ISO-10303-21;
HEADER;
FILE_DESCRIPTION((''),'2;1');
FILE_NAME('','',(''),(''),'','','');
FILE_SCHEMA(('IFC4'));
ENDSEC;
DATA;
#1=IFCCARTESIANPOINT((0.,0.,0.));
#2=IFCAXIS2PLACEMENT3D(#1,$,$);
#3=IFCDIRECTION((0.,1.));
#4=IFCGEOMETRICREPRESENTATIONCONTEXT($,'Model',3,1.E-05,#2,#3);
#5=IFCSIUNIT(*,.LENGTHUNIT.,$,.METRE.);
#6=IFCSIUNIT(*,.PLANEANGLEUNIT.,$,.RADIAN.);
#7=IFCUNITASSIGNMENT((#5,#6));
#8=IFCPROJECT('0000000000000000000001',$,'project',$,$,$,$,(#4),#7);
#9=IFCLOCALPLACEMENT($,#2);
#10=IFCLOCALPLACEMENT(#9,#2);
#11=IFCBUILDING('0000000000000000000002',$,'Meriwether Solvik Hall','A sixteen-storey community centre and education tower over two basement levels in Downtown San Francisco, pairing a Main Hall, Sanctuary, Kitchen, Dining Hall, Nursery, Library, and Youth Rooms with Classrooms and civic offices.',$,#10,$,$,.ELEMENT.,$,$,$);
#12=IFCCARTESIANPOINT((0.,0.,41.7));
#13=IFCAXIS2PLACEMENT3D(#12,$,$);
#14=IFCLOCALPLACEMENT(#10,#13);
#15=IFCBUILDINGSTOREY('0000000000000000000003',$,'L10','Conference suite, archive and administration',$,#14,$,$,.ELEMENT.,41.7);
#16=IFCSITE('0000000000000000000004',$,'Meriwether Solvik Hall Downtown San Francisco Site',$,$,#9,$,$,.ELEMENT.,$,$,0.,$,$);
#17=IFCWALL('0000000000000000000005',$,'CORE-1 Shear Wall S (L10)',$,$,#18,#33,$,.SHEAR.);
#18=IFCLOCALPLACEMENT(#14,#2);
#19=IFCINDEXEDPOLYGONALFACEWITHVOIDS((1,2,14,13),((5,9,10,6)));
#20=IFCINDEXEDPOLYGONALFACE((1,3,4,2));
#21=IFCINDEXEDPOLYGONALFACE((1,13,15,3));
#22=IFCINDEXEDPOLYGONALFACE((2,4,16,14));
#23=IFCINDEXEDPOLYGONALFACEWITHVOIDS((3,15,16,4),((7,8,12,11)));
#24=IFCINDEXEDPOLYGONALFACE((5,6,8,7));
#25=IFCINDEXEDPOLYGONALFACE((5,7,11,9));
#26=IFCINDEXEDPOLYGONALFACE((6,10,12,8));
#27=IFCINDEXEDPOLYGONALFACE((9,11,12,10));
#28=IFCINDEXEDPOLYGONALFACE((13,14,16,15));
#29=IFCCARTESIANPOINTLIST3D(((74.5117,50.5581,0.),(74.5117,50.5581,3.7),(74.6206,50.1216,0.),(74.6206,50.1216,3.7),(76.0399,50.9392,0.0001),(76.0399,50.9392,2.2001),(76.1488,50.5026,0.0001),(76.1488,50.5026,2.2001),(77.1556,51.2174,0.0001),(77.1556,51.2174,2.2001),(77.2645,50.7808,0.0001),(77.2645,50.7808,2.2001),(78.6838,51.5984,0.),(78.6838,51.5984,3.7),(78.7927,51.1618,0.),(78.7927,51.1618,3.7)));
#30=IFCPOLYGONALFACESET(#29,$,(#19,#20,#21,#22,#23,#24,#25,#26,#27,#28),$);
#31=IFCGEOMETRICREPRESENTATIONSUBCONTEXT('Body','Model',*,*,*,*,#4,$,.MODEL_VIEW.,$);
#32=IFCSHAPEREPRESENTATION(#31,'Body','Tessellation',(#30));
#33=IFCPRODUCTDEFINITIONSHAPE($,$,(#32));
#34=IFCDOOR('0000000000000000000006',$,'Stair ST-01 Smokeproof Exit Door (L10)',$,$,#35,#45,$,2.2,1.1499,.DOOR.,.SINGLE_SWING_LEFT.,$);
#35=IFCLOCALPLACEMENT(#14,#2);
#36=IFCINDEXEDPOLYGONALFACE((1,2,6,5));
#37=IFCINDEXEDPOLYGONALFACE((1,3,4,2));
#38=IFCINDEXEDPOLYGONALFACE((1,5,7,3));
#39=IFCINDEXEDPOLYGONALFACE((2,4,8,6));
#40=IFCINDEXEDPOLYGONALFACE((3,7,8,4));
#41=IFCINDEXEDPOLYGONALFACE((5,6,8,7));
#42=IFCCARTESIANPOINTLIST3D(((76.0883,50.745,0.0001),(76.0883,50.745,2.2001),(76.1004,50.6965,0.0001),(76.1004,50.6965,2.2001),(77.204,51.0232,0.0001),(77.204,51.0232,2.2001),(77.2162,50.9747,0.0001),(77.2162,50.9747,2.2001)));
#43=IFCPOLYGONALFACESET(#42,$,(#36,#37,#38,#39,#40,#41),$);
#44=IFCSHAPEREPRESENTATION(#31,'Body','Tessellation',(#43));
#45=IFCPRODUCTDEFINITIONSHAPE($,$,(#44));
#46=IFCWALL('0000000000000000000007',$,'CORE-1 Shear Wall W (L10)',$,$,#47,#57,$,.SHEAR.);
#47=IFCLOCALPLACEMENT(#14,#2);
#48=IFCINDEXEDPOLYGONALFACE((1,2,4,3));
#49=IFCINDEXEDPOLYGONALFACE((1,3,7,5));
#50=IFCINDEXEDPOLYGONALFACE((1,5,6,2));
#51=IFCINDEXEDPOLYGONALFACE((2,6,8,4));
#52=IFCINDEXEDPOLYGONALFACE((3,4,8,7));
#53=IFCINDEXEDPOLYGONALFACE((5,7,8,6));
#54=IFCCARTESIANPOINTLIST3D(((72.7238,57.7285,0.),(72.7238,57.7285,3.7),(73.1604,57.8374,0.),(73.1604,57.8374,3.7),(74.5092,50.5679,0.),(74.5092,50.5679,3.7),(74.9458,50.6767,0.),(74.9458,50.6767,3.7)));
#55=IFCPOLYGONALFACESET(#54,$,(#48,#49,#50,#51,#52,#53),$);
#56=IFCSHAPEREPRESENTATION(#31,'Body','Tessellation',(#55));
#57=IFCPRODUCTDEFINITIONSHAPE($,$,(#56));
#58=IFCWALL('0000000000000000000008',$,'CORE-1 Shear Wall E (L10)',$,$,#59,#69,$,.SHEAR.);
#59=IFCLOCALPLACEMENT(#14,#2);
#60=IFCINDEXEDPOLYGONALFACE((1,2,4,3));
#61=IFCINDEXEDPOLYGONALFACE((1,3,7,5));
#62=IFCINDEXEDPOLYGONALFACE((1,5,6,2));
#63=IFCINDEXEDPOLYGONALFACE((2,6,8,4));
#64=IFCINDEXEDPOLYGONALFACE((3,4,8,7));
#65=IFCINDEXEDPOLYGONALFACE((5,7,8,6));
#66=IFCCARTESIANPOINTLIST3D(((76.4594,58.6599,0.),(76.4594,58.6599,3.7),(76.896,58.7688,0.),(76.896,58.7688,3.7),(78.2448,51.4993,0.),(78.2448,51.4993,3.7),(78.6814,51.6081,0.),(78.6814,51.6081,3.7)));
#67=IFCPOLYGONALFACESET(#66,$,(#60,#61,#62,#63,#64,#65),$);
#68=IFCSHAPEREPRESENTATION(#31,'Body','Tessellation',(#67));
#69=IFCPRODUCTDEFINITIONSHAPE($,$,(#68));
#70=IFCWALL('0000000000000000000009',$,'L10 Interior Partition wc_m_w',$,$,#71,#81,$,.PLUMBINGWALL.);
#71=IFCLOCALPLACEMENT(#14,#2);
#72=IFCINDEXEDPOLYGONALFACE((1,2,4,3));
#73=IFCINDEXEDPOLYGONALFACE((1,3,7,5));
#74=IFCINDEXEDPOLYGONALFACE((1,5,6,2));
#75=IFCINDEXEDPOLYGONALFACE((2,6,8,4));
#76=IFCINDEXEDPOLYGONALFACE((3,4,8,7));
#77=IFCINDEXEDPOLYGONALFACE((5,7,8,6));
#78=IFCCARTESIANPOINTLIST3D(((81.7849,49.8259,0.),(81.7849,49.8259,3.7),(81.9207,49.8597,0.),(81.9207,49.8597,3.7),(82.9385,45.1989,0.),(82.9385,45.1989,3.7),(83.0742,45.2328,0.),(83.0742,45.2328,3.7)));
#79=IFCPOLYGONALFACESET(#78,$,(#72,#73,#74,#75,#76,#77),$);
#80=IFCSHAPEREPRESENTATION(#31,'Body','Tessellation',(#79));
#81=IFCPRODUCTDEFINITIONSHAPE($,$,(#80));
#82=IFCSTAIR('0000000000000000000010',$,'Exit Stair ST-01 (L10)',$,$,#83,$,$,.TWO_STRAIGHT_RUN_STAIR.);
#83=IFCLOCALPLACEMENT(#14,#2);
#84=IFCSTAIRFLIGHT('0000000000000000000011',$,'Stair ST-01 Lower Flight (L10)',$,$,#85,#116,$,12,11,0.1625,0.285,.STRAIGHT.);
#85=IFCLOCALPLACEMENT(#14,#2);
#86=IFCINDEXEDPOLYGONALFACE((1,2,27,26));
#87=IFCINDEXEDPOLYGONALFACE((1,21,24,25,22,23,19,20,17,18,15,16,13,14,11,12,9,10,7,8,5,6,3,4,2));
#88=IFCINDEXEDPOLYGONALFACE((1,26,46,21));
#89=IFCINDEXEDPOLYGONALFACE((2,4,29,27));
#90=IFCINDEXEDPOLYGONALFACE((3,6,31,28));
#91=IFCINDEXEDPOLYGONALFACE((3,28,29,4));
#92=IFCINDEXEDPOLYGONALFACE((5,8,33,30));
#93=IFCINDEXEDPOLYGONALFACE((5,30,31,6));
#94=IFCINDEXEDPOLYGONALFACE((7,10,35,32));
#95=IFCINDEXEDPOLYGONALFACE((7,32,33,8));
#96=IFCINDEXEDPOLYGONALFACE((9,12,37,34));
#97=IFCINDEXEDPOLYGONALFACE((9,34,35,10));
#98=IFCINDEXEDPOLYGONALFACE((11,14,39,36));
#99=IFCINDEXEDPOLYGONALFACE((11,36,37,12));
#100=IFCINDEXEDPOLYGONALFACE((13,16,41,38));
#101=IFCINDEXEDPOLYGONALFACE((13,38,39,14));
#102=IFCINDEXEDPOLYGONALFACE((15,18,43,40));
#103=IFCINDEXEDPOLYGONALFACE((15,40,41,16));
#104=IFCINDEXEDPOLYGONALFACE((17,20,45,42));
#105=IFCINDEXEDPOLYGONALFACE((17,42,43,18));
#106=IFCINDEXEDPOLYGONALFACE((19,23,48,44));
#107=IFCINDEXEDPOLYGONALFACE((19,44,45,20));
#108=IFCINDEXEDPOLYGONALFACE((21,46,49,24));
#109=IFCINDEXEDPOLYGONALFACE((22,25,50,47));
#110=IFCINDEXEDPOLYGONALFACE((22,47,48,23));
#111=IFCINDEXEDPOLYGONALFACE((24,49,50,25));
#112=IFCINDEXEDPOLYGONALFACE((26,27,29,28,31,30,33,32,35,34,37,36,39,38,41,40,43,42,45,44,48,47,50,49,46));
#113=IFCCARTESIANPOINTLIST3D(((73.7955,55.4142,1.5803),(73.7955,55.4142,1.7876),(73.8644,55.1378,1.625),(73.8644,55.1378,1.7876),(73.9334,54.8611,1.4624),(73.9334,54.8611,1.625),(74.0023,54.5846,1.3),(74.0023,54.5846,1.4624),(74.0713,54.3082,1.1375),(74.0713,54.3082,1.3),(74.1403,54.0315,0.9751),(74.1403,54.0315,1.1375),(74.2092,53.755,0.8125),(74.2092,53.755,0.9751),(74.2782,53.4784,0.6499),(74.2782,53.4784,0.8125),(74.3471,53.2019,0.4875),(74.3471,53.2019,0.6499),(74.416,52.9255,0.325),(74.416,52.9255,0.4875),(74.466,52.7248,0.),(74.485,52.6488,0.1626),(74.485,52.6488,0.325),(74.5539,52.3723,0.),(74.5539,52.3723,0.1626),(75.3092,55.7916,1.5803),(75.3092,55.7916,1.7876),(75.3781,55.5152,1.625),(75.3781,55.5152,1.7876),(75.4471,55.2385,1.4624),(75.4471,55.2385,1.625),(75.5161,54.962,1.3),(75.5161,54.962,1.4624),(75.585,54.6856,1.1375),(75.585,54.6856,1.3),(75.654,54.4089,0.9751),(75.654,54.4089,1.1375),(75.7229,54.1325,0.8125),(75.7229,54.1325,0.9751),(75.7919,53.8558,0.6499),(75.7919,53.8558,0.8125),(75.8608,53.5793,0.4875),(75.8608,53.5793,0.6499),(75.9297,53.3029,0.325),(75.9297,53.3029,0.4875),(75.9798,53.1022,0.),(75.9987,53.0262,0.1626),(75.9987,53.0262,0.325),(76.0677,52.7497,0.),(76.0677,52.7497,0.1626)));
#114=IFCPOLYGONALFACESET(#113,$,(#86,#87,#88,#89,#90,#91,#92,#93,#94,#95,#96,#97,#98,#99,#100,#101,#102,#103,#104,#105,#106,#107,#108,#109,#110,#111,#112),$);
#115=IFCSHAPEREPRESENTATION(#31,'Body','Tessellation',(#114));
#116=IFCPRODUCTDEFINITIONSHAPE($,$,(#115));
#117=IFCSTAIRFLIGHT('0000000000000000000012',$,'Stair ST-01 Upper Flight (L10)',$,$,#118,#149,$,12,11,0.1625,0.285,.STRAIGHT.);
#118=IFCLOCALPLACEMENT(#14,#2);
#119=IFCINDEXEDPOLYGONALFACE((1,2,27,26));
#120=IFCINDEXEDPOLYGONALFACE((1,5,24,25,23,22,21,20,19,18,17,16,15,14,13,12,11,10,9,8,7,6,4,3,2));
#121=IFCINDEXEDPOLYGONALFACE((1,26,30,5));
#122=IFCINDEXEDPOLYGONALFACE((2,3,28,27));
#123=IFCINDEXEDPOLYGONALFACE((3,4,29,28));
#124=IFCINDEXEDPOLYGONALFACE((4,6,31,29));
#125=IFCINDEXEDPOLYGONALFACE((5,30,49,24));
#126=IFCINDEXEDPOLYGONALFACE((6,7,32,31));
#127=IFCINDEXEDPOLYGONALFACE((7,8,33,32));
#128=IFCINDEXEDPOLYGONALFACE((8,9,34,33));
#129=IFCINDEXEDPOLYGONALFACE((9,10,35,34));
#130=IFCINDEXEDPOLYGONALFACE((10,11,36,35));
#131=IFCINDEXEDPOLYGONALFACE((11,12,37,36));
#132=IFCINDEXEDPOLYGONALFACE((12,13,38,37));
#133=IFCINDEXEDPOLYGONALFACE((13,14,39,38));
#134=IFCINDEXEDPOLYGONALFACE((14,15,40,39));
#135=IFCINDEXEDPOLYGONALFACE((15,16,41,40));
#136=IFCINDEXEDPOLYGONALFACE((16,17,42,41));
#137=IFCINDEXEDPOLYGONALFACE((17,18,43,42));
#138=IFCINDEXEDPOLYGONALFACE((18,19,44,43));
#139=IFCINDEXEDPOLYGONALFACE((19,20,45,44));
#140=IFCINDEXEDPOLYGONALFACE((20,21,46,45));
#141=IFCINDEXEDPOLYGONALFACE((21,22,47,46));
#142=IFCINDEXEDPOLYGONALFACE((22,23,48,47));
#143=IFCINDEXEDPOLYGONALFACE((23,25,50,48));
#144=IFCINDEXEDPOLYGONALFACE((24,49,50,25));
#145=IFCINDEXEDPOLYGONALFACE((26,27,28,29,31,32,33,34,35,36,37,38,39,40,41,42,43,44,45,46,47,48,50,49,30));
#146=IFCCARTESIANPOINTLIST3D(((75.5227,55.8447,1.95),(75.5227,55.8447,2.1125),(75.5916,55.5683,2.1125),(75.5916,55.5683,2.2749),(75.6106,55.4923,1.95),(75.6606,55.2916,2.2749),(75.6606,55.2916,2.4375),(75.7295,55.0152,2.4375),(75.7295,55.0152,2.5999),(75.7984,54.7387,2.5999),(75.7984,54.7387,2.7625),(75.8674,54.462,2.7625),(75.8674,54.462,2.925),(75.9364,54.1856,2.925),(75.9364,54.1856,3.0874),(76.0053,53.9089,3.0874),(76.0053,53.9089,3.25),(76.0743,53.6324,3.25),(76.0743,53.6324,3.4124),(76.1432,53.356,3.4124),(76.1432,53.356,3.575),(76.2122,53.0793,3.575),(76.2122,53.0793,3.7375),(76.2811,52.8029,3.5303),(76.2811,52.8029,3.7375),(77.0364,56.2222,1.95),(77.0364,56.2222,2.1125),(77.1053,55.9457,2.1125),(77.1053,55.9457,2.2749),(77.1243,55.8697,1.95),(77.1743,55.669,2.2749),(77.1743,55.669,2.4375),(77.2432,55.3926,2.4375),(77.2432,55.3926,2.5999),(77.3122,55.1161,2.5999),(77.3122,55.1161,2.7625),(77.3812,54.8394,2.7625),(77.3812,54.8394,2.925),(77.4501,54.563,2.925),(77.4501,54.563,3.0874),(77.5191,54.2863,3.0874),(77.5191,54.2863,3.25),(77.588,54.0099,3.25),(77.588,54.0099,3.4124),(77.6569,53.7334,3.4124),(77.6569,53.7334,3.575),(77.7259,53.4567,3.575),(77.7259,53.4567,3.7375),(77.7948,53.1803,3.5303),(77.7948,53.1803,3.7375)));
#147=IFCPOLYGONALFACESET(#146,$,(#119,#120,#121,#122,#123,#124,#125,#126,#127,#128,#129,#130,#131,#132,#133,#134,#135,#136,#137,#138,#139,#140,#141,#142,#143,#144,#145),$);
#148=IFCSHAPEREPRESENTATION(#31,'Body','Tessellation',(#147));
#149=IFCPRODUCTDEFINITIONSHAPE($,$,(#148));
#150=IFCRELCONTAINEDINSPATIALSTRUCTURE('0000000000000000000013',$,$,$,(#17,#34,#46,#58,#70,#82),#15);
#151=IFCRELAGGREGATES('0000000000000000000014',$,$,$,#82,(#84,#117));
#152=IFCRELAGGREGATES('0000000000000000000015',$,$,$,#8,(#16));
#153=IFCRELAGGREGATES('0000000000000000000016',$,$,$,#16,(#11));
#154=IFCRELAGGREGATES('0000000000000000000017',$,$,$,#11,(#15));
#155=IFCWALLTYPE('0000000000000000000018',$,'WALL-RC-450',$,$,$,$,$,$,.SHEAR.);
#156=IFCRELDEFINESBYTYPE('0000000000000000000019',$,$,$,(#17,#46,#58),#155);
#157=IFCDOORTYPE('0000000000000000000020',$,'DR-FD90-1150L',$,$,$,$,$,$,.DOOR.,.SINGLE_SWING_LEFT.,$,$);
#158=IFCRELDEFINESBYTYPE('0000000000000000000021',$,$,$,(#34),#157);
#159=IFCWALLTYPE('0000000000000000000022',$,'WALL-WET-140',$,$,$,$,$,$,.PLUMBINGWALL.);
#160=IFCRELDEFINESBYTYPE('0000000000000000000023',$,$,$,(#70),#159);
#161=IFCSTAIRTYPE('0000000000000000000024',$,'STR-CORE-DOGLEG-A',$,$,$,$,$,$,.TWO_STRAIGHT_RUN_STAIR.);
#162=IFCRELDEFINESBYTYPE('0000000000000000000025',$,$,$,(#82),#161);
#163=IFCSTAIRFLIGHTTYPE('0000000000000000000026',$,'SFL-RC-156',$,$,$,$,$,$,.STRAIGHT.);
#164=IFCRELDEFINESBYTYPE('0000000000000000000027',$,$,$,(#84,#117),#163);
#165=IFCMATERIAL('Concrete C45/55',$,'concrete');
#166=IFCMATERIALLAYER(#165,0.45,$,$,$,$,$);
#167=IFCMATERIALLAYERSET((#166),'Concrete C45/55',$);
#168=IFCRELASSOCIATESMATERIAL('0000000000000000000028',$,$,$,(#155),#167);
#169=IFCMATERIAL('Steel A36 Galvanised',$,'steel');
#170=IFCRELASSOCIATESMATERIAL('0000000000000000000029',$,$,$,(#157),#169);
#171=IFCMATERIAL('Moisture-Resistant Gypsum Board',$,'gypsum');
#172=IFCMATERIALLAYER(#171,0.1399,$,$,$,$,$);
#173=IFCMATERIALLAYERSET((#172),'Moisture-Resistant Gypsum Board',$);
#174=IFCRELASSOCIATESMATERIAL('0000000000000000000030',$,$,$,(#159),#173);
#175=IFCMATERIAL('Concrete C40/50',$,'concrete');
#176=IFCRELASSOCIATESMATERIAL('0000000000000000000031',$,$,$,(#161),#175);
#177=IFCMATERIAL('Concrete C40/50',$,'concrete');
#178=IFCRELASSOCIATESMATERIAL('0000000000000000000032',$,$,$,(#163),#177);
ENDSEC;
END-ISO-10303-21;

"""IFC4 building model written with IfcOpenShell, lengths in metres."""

from ifc_helpers import new_model, si_unit, direction, frame, frame_2d, origin, place, context, subcontext, project, spatial, polyline, rectangle, outline, extrude, material, layer, layer_set, type_object, element, fill, aggregate, save


model = new_model("IFC4")

# Units and contexts
model_context = context("Model", 3, precision=1e-05, world=origin(), true_north=direction((0.0, 1.0)))
body_context = subcontext(model_context, "Body", "Model", "MODEL_VIEW")
ifc_project = project(units=[si_unit("LENGTHUNIT", "METRE"), si_unit("PLANEANGLEUNIT", "RADIAN")], contexts=[model_context])

# Site, building, storey
site_placement = place(None, origin())
site = spatial("IfcSite", under=ifc_project, at=site_placement, Name="Meriwether Solvik Hall Downtown San Francisco Site", CompositionType="ELEMENT", RefElevation=0.0)
building_placement = place(site_placement, origin())
building = spatial("IfcBuilding", under=site, at=building_placement, Name="Meriwether Solvik Hall", Description="A sixteen-storey community centre and education tower over two basement levels in Downtown San Francisco, pairing a Main Hall, Sanctuary, Kitchen, Dining Hall, Nursery, Library, and Youth Rooms with Classrooms and civic offices.", CompositionType="ELEMENT")
storey_placement = place(building_placement, frame((0.0, 0.0, 41.7)))
storey = spatial("IfcBuildingStorey", under=building, at=storey_placement, Name="L10", Description="Conference suite, archive and administration", CompositionType="ELEMENT", Elevation=41.7)

# Wall, opening, door
ifc_material_1 = material(Name="Concrete C45/55", Category="concrete")
ifc_layer_1 = layer(ifc_material_1, 0.45)
ifc_layer_set_1 = layer_set([ifc_layer_1], Name="Concrete C45/55")
wall_type_1 = type_object("IfcWallType", Name="WALL-RC-450", PredefinedType="SHEAR", material=ifc_layer_set_1)
wall_1_placement = place(storey_placement, frame((74.5662, 50.3398, 0.0), z_axis=(0.0, 0.0, 1.0), x_axis=(0.970293, 0.241934, 0.0)))
wall_1 = element("IfcWall", 1, at=wall_1_placement, inside=storey, type_object=wall_type_1, Name="CORE-1 Shear Wall S (L10)", PredefinedType="SHEAR", context=body_context, shape_type="SweptSolid", body=[
    extrude(rectangle(XDim=4.2998, YDim=0.45, at=frame_2d((2.1499, 0.0))), origin(), (0.0, 0.0, 1.0), 3.7),
])
opening_placement = place(wall_1_placement, frame((1.575, 0.0, 0.0)))
opening = element("IfcOpeningElement", 2, at=opening_placement, cuts=wall_1, PredefinedType="OPENING", context=body_context, shape_type="SweptSolid", body=[
    extrude(rectangle(XDim=1.1499, YDim=2.2, at=frame_2d((0.575, 1.1001))), frame((0.0, 0.2368, 0.0), z_axis=(0.0, -1.0, 0.0), x_axis=(1.0, 0.0, 0.0)), (0.0, 0.0, 1.0), 0.4739),
])
ifc_material_2 = material(Name="Steel A36 Galvanised", Category="steel")
door_type = type_object("IfcDoorType", Name="DR-FD90-1150L", OperationType="SINGLE_SWING_LEFT", PredefinedType="DOOR", material=ifc_material_2)
door_placement = place(opening_placement, origin())
door = element("IfcDoor", 3, at=door_placement, inside=storey, type_object=door_type, Name="Stair ST-01 Smokeproof Exit Door (L10)", OperationType="SINGLE_SWING_LEFT", OverallHeight=2.2, OverallWidth=1.1499, PredefinedType="DOOR", context=body_context, shape_type="SweptSolid", body=[
    extrude(rectangle(XDim=1.1499, YDim=2.2, at=frame_2d((0.575, 1.1001))), frame((0.0, 0.0249, 0.0), z_axis=(0.0, -1.0, 0.0), x_axis=(1.0, 0.0, 0.0)), (0.0, 0.0, 1.0), 0.05),
])
fill(opening, door)

# Walls
for number, where, z_axis, x_axis, name in (
    (4, (72.9421, 57.783, 0.0), (0.0, 0.0, 1.0), (0.241928, -0.970294, 0.0), "CORE-1 Shear Wall W (L10)"),
    (5, (78.4631, 51.5537, 0.0), (0.0, 0.0, 1.0), (-0.241928, 0.970294, 0.0), "CORE-1 Shear Wall E (L10)"),
):
    element("IfcWall", number, at=place(storey_placement, frame(where, z_axis=z_axis, x_axis=x_axis)), inside=storey, type_object=wall_type_1, Name=name, PredefinedType="SHEAR", context=body_context, shape_type="SweptSolid", body=[
        extrude(rectangle(XDim=7.3799, YDim=0.45, at=frame_2d((3.6899, 0.0))), origin(), (0.0, 0.0, 1.0), 3.7),
    ])
ifc_material_3 = material(Name="Moisture-Resistant Gypsum Board", Category="gypsum")
ifc_layer_2 = layer(ifc_material_3, 0.1399)
ifc_layer_set_2 = layer_set([ifc_layer_2], Name="Moisture-Resistant Gypsum Board")
wall_type_2 = type_object("IfcWallType", Name="WALL-WET-140", PredefinedType="PLUMBINGWALL", material=ifc_layer_set_2)
wall_2_placement = place(storey_placement, frame((81.8528, 49.8428, 0.0), z_axis=(0.0, 0.0, 1.0), x_axis=(0.241909, -0.970299, 0.0)))
element("IfcWall", 6, at=wall_2_placement, inside=storey, type_object=wall_type_2, Name="L10 Interior Partition wc_m_w", PredefinedType="PLUMBINGWALL", context=body_context, shape_type="SweptSolid", body=[
    extrude(rectangle(XDim=4.7686, YDim=0.1399, at=frame_2d((2.3843, 0.0))), origin(), (0.0, 0.0, 1.0), 3.7),
])

# Stair, stair flights
ifc_material_4 = material(Name="Concrete C40/50", Category="concrete")
stair_type = type_object("IfcStairType", Name="STR-CORE-DOGLEG-A", PredefinedType="TWO_STRAIGHT_RUN_STAIR", material=ifc_material_4)
stair_placement = place(storey_placement, origin())
stair = element("IfcStair", 7, at=stair_placement, inside=storey, type_object=stair_type, Name="Exit Stair ST-01 (L10)", PredefinedType="TWO_STRAIGHT_RUN_STAIR")
ifc_material_5 = material(Name="Concrete C40/50", Category="concrete")
stair_flight_type = type_object("IfcStairFlightType", Name="SFL-RC-156", PredefinedType="STRAIGHT", material=ifc_material_5)
stair_flight_1_placement = place(storey_placement, frame((75.3108, 52.561, 0.0), z_axis=(0.0, 0.0, 1.0), x_axis=(-0.241922, 0.970296, 0.0)))
stair_flight_1 = element("IfcStairFlight", 8, at=stair_flight_1_placement, type_object=stair_flight_type, Name="Stair ST-01 Lower Flight (L10)", NumberOfRisers=12, NumberOfTreads=11, PredefinedType="STRAIGHT", RiserHeight=0.1625, TreadLength=0.285, context=body_context, shape_type="SweptSolid", body=[
    extrude(outline(polyline([(0.0, 0.0), (0.0, 0.1626), (0.2849, 0.1626), (0.2849, 0.325), (0.5701, 0.325), (0.5701, 0.4875), (0.855, 0.4875), (0.855, 0.6499), (1.1399, 0.6499), (1.1399, 0.8125), (1.425, 0.8125), (1.425, 0.9751), (1.71, 0.9751), (1.71, 1.1375), (1.9951, 1.1375), (1.9951, 1.3), (2.28, 1.3), (2.28, 1.4624), (2.5649, 1.4624), (2.5649, 1.625), (2.8501, 1.625), (2.8501, 1.7876), (3.135, 1.7876), (3.135, 1.95), (3.135, 1.5803), (0.3633, 0.0), (0.0, 0.0)])), frame((0.0, 0.78, 0.0), z_axis=(0.0, -1.0, 0.0), x_axis=(1.0, 0.0, 0.0)), (0.0, 0.0, 1.0), 1.5601),
])
stair_flight_2_placement = place(storey_placement, frame((76.2795, 56.0334, 1.95), z_axis=(0.0, 0.0, 1.0), x_axis=(0.241922, -0.970296, 0.0)))
stair_flight_2 = element("IfcStairFlight", 9, at=stair_flight_2_placement, type_object=stair_flight_type, Name="Stair ST-01 Upper Flight (L10)", NumberOfRisers=12, NumberOfTreads=11, PredefinedType="STRAIGHT", RiserHeight=0.1625, TreadLength=0.285, context=body_context, shape_type="SweptSolid", body=[
    extrude(outline(polyline([(0.0, 0.0), (0.0, 0.1626), (0.2849, 0.1626), (0.2849, 0.325), (0.5701, 0.325), (0.5701, 0.4875), (0.855, 0.4875), (0.855, 0.6499), (1.1399, 0.6499), (1.1399, 0.8125), (1.425, 0.8125), (1.425, 0.9751), (1.71, 0.9751), (1.71, 1.1375), (1.9951, 1.1375), (1.9951, 1.3), (2.28, 1.3), (2.28, 1.4624), (2.5649, 1.4624), (2.5649, 1.625), (2.8501, 1.625), (2.8501, 1.7876), (3.135, 1.7876), (3.135, 1.95), (3.135, 1.5803), (0.3633, 0.0), (0.0, 0.0)])), frame((0.0, 0.78, 0.0), z_axis=(0.0, -1.0, 0.0), x_axis=(1.0, 0.0, 0.0)), (0.0, 0.0, 1.0), 1.5601),
])
aggregate(stair, [stair_flight_1, stair_flight_2])

save(model, "model.ifc")
